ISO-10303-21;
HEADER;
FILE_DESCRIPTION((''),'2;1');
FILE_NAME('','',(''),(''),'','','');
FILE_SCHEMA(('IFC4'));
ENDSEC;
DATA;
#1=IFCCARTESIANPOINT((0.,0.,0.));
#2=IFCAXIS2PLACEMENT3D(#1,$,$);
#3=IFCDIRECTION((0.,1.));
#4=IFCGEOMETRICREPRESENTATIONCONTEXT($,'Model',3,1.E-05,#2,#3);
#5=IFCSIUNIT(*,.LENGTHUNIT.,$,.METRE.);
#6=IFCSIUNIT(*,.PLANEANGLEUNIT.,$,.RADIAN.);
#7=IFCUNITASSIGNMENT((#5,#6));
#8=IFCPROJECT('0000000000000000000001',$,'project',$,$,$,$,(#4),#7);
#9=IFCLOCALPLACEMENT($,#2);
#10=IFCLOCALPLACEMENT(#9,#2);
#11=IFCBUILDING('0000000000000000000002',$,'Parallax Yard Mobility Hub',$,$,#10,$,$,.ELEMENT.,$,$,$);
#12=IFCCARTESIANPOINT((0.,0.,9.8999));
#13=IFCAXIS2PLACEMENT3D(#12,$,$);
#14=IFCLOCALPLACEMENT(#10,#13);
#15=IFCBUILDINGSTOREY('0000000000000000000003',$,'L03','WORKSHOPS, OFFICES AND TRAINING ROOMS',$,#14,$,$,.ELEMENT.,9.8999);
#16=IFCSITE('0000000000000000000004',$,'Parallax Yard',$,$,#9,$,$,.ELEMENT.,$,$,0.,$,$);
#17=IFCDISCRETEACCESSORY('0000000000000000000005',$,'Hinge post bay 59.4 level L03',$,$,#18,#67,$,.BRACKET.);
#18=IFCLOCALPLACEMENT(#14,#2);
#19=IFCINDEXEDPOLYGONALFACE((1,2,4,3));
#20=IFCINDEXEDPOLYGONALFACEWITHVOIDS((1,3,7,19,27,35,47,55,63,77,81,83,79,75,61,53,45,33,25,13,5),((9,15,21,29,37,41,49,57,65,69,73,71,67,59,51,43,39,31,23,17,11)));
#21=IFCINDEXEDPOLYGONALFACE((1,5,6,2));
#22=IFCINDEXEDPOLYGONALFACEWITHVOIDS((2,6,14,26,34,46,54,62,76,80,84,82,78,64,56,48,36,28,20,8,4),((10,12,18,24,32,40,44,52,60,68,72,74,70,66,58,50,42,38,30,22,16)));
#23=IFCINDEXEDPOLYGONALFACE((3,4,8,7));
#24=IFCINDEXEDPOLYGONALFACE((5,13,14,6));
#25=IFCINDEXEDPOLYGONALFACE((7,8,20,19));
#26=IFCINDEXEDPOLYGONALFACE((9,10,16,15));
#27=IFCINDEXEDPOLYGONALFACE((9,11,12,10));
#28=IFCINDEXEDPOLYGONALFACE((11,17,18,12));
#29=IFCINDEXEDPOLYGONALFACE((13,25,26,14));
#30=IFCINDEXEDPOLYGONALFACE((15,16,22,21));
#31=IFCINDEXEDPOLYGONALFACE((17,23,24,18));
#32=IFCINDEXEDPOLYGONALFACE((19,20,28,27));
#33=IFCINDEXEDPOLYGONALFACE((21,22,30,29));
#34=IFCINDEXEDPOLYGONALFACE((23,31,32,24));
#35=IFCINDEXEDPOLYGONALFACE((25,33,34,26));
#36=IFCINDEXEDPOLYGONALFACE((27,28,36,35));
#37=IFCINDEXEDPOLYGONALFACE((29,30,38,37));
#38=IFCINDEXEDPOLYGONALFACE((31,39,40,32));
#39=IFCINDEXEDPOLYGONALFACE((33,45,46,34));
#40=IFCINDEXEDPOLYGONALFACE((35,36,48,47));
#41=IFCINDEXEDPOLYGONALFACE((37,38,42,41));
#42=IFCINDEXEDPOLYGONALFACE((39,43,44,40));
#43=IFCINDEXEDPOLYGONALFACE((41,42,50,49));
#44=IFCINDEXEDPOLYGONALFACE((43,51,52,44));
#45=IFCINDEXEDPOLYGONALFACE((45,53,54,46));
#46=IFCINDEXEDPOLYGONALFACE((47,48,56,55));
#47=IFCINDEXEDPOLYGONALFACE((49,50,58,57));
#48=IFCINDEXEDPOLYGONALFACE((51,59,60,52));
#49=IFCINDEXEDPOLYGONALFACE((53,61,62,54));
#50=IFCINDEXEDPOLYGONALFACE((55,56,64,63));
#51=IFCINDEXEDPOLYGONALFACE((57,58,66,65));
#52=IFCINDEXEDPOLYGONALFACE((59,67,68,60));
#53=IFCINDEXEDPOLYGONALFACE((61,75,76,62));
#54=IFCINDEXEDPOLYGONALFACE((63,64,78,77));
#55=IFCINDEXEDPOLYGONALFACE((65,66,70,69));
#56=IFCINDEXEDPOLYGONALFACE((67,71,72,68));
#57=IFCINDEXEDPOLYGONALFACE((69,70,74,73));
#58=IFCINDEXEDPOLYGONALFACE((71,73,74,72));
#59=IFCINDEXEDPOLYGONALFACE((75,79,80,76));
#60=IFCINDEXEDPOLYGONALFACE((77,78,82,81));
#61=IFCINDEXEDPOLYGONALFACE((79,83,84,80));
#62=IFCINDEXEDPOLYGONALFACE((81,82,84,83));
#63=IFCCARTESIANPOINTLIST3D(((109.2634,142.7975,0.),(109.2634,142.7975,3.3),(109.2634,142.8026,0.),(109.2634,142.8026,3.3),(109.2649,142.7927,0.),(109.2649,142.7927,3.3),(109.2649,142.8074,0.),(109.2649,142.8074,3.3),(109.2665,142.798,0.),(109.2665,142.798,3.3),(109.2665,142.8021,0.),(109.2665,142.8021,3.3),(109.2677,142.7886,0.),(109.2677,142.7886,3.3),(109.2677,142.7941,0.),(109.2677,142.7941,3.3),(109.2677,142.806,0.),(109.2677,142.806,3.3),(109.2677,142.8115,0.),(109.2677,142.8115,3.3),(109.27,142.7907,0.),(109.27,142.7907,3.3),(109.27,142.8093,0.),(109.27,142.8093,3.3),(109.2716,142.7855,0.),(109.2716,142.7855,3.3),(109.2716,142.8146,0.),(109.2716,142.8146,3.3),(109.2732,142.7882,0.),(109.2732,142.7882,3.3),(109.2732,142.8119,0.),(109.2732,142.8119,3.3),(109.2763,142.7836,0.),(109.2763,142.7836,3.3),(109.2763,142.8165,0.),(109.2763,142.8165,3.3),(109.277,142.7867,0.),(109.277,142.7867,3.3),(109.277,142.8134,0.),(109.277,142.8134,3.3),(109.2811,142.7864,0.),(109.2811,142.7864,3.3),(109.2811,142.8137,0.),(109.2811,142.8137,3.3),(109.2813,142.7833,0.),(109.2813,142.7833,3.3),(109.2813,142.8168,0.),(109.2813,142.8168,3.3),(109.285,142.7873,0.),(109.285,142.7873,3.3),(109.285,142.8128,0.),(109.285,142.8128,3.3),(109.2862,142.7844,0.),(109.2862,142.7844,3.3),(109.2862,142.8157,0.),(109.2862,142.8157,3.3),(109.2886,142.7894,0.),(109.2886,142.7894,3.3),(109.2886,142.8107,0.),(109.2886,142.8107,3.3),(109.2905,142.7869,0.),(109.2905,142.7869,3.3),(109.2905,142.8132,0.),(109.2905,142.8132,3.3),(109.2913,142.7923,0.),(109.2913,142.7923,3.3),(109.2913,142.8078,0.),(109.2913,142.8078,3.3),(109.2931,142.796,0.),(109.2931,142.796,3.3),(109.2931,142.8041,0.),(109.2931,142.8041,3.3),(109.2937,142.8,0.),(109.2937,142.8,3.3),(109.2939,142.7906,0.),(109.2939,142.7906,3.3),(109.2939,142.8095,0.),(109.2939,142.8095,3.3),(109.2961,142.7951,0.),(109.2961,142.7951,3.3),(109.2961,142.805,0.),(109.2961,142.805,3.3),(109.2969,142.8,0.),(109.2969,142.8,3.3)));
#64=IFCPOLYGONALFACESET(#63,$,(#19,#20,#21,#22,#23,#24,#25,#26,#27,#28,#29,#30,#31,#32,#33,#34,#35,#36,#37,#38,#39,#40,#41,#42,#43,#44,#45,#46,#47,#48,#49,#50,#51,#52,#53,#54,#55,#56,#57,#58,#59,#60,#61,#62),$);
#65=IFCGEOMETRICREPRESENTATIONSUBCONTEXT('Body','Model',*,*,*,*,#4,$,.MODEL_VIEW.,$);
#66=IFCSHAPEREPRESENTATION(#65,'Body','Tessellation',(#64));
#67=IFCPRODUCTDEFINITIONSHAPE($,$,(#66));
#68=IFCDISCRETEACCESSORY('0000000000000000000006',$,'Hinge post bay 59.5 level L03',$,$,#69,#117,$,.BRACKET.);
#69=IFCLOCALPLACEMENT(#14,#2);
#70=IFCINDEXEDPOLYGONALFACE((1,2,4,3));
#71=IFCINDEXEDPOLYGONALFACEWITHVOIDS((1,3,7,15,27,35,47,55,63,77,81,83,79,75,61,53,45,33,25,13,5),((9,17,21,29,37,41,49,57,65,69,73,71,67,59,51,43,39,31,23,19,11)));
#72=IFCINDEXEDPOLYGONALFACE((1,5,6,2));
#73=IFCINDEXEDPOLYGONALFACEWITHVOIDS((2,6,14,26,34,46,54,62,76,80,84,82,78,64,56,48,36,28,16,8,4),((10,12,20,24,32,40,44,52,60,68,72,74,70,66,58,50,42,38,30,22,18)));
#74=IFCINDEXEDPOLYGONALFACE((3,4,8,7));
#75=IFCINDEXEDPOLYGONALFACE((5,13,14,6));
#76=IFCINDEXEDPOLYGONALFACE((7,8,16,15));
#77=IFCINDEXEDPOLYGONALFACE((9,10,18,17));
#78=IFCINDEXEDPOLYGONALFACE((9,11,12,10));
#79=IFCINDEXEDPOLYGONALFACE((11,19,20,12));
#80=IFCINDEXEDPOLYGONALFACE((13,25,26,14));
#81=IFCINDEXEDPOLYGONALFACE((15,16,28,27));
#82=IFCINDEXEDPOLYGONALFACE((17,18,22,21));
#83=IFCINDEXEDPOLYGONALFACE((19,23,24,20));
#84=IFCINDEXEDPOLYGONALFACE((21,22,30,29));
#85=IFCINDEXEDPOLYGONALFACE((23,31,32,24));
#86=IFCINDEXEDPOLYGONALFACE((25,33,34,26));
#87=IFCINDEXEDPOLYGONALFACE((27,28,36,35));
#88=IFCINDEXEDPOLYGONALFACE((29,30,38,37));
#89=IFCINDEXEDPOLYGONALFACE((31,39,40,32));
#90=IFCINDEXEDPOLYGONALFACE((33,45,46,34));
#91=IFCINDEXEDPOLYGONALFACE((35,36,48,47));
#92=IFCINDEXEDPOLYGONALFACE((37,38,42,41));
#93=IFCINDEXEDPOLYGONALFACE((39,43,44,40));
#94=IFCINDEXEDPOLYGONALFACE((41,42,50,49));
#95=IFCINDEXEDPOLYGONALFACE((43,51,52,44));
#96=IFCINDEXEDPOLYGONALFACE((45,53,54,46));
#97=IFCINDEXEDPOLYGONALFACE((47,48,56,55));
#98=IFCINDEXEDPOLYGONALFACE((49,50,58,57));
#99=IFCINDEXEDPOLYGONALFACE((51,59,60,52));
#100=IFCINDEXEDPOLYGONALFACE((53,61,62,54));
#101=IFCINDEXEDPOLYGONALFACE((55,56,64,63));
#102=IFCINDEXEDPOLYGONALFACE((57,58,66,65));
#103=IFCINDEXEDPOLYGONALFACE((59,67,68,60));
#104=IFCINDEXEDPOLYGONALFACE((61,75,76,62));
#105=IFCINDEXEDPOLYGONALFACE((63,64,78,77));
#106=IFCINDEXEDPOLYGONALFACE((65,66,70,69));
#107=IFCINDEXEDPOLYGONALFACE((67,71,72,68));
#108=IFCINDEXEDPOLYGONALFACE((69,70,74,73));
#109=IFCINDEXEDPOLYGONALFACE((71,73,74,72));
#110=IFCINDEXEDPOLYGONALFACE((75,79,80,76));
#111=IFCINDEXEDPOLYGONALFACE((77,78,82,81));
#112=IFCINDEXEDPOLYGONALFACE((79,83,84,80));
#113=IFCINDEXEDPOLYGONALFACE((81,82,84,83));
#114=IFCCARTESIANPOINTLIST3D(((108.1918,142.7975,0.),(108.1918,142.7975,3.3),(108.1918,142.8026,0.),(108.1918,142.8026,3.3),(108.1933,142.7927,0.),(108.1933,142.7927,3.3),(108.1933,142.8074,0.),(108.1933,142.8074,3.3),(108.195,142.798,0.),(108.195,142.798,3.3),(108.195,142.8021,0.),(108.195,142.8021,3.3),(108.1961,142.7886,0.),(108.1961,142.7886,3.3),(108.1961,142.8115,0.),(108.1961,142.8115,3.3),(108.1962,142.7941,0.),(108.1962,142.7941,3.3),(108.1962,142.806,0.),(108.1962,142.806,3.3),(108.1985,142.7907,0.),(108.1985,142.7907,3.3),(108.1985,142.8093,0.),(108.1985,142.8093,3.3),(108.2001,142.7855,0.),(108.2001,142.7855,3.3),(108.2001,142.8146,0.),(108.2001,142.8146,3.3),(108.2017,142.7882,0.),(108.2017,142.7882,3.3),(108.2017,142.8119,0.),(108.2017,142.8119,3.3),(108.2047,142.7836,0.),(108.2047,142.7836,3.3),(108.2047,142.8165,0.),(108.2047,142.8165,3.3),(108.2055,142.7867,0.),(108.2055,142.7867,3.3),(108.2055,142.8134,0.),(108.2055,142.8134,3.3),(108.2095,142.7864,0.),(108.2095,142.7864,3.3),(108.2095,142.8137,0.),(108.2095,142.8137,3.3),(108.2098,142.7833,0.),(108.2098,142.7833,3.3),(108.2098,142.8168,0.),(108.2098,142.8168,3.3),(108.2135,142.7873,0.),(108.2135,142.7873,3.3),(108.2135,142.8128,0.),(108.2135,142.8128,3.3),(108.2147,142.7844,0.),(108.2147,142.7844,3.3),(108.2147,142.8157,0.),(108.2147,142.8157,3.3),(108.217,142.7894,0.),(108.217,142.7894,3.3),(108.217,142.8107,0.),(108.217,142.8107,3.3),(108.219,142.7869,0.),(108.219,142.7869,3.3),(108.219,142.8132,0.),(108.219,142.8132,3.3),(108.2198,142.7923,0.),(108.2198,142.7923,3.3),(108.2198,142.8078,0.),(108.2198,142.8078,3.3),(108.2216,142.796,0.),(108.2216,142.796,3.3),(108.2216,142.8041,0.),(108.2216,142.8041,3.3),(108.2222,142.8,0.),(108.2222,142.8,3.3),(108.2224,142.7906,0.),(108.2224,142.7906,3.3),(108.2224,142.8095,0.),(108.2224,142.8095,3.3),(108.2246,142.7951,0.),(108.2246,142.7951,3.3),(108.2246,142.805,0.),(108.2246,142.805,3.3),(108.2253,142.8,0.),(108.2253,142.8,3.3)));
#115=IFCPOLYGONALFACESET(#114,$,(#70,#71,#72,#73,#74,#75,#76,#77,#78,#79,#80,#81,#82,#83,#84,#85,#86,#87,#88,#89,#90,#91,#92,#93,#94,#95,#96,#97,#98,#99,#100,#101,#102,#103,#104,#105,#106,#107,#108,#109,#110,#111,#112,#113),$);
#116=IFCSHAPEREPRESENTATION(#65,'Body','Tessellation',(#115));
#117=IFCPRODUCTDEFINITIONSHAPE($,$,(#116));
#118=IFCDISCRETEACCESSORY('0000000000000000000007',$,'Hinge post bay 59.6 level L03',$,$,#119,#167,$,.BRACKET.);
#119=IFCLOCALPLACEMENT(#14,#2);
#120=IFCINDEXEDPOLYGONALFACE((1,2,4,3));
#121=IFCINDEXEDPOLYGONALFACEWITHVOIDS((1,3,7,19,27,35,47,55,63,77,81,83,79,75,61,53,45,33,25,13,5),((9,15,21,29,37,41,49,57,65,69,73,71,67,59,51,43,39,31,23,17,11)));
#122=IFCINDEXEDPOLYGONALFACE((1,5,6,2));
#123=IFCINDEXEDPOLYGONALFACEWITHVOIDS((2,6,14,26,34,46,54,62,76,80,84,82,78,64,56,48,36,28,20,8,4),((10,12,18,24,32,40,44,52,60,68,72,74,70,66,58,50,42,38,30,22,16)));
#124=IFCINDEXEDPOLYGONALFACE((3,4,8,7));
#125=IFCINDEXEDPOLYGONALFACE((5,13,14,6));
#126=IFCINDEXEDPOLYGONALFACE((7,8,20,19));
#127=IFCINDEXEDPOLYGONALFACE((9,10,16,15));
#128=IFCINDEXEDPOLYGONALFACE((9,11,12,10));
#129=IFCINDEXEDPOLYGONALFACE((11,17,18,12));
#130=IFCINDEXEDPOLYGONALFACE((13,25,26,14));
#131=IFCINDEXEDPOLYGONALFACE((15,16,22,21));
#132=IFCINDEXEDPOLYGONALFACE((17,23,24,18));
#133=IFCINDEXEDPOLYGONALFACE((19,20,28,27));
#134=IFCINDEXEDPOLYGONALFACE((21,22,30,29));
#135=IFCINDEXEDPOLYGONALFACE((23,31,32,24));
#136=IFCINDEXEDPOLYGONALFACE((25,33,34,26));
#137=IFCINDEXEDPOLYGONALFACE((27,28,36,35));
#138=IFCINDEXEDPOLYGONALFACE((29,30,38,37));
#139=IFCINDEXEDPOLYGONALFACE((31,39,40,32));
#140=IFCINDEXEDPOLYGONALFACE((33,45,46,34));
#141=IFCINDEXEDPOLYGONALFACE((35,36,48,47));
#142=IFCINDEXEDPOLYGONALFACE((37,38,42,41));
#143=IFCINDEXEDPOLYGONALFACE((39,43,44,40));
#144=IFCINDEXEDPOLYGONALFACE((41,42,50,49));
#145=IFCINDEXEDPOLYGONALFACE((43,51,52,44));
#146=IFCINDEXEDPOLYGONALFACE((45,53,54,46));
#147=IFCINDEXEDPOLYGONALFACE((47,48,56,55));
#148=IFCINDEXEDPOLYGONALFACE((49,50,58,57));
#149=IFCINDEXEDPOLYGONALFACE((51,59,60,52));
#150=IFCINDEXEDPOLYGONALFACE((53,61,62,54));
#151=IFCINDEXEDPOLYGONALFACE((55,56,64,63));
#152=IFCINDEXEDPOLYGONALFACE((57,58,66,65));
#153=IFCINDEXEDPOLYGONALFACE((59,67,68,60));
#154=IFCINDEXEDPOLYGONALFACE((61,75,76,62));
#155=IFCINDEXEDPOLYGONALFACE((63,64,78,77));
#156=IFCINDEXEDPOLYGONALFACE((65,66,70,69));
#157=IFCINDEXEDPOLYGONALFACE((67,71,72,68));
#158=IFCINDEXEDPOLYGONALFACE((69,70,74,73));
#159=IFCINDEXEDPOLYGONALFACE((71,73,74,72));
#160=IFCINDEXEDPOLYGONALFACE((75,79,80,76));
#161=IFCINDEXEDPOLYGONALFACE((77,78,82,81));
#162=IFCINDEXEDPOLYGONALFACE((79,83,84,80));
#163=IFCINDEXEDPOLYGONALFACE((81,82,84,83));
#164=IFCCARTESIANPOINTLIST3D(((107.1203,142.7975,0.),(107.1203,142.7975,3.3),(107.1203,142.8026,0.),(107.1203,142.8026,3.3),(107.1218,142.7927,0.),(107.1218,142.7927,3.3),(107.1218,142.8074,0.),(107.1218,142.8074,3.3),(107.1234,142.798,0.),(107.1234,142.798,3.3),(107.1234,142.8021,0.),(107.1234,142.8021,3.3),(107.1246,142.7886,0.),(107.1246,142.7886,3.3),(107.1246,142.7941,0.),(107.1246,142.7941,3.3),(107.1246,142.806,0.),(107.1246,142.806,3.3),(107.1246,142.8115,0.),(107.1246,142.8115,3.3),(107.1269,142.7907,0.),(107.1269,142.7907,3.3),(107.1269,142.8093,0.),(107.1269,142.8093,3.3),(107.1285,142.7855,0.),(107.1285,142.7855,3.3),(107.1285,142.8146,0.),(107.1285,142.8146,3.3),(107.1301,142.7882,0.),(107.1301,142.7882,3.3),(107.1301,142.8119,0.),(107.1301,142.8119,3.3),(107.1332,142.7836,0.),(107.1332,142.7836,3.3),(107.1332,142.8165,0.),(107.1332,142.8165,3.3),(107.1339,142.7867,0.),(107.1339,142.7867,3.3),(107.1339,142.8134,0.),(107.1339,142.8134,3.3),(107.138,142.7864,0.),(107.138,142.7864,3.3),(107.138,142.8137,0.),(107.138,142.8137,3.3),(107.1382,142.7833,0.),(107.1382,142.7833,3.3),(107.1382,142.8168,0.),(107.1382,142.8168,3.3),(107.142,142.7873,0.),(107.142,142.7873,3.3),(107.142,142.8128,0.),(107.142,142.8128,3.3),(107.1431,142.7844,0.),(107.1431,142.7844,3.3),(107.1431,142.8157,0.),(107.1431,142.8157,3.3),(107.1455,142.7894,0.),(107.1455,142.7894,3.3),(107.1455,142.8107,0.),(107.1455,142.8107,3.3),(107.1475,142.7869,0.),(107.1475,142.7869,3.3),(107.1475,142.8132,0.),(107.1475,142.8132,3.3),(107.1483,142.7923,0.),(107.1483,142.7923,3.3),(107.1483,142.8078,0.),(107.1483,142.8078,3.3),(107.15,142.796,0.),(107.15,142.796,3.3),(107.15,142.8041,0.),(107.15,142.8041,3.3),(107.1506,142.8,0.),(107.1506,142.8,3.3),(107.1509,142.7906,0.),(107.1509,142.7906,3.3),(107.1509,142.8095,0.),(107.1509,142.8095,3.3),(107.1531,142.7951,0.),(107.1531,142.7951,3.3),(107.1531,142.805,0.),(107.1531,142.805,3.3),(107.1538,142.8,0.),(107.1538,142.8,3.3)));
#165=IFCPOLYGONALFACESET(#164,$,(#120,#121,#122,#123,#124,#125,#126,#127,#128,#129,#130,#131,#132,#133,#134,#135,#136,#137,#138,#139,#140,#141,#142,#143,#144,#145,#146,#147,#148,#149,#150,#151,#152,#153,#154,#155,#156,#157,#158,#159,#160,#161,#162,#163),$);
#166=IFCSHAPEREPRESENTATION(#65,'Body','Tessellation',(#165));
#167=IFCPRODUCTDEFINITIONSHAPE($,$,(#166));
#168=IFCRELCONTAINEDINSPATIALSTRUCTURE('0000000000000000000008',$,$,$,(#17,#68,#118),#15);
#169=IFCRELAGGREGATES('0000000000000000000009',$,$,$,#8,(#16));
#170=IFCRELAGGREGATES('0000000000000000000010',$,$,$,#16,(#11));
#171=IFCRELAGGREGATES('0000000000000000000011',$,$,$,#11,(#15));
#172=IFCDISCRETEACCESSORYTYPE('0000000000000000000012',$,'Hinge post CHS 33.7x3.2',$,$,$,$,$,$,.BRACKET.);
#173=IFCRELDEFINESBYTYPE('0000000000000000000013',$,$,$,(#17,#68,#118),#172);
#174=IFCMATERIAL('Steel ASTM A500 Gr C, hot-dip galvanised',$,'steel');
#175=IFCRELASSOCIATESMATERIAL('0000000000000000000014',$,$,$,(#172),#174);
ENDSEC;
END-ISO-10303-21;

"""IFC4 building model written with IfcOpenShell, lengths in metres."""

from ifc_helpers import new_model, si_unit, direction, frame, origin, origin_2d, place, context, subcontext, project, spatial, hollow_circle, extrude, material, material_profile, profile_set, type_object, element, save


model = new_model("IFC4")

# Units and contexts
model_context = context("Model", 3, precision=1e-05, world=origin(), true_north=direction((0.0, 1.0)))
body_context = subcontext(model_context, "Body", "Model", "MODEL_VIEW")
ifc_project = project(units=[si_unit("LENGTHUNIT", "METRE"), si_unit("PLANEANGLEUNIT", "RADIAN")], contexts=[model_context])

# Site, building, storey
site_placement = place(None, origin())
site = spatial("IfcSite", under=ifc_project, at=site_placement, Name="Parallax Yard", CompositionType="ELEMENT", RefElevation=0.0)
building_placement = place(site_placement, origin())
building = spatial("IfcBuilding", under=site, at=building_placement, Name="Parallax Yard Mobility Hub", CompositionType="ELEMENT")
storey_placement = place(building_placement, frame((0.0, 0.0, 9.8999)))
storey = spatial("IfcBuildingStorey", under=building, at=storey_placement, Name="L03", Description="WORKSHOPS, OFFICES AND TRAINING ROOMS", CompositionType="ELEMENT", Elevation=9.8999)

# Discrete accessories
ifc_material_1 = material(Name="Steel ASTM A500 Gr C, hot-dip galvanised", Category="steel")
ifc_material_profile = material_profile(ifc_material_1, hollow_circle(Radius=0.0168, WallThickness=0.0032, at=origin_2d()), Name="CHS 33.7x3.2")
ifc_profile_set = profile_set([ifc_material_profile], Name="Steel ASTM A500 Gr C, hot-dip galvanised")
discrete_accessory_type_1 = type_object("IfcDiscreteAccessoryType", Name="Hinge post CHS 33.7x3.2", PredefinedType="BRACKET", material=ifc_profile_set)
for number, where, z_axis, x_axis, name in (
    (1, (109.28, 142.8, 0.0), (0.0, 0.0, 1.0), (1.0, 0.0, 0.0), "Hinge post bay 59.4 level L03"),
    (2, (108.2085, 142.8, 0.0), (0.0, 0.0, 1.0), (1.0, 0.0, 0.0), "Hinge post bay 59.5 level L03"),
    (3, (107.137, 142.8, 0.0), (0.0, 0.0, 1.0), (1.0, 0.0, 0.0), "Hinge post bay 59.6 level L03"),
):
    element("IfcDiscreteAccessory", number, at=place(storey_placement, frame(where, z_axis=z_axis, x_axis=x_axis)), inside=storey, type_object=discrete_accessory_type_1, Name=name, PredefinedType="BRACKET", context=body_context, shape_type="SweptSolid", body=[
        extrude(hollow_circle(Radius=0.0168, WallThickness=0.0032, at=origin_2d()), origin(), (0.0, 0.0, 1.0), 3.3),
    ])

save(model, "model.ifc")
